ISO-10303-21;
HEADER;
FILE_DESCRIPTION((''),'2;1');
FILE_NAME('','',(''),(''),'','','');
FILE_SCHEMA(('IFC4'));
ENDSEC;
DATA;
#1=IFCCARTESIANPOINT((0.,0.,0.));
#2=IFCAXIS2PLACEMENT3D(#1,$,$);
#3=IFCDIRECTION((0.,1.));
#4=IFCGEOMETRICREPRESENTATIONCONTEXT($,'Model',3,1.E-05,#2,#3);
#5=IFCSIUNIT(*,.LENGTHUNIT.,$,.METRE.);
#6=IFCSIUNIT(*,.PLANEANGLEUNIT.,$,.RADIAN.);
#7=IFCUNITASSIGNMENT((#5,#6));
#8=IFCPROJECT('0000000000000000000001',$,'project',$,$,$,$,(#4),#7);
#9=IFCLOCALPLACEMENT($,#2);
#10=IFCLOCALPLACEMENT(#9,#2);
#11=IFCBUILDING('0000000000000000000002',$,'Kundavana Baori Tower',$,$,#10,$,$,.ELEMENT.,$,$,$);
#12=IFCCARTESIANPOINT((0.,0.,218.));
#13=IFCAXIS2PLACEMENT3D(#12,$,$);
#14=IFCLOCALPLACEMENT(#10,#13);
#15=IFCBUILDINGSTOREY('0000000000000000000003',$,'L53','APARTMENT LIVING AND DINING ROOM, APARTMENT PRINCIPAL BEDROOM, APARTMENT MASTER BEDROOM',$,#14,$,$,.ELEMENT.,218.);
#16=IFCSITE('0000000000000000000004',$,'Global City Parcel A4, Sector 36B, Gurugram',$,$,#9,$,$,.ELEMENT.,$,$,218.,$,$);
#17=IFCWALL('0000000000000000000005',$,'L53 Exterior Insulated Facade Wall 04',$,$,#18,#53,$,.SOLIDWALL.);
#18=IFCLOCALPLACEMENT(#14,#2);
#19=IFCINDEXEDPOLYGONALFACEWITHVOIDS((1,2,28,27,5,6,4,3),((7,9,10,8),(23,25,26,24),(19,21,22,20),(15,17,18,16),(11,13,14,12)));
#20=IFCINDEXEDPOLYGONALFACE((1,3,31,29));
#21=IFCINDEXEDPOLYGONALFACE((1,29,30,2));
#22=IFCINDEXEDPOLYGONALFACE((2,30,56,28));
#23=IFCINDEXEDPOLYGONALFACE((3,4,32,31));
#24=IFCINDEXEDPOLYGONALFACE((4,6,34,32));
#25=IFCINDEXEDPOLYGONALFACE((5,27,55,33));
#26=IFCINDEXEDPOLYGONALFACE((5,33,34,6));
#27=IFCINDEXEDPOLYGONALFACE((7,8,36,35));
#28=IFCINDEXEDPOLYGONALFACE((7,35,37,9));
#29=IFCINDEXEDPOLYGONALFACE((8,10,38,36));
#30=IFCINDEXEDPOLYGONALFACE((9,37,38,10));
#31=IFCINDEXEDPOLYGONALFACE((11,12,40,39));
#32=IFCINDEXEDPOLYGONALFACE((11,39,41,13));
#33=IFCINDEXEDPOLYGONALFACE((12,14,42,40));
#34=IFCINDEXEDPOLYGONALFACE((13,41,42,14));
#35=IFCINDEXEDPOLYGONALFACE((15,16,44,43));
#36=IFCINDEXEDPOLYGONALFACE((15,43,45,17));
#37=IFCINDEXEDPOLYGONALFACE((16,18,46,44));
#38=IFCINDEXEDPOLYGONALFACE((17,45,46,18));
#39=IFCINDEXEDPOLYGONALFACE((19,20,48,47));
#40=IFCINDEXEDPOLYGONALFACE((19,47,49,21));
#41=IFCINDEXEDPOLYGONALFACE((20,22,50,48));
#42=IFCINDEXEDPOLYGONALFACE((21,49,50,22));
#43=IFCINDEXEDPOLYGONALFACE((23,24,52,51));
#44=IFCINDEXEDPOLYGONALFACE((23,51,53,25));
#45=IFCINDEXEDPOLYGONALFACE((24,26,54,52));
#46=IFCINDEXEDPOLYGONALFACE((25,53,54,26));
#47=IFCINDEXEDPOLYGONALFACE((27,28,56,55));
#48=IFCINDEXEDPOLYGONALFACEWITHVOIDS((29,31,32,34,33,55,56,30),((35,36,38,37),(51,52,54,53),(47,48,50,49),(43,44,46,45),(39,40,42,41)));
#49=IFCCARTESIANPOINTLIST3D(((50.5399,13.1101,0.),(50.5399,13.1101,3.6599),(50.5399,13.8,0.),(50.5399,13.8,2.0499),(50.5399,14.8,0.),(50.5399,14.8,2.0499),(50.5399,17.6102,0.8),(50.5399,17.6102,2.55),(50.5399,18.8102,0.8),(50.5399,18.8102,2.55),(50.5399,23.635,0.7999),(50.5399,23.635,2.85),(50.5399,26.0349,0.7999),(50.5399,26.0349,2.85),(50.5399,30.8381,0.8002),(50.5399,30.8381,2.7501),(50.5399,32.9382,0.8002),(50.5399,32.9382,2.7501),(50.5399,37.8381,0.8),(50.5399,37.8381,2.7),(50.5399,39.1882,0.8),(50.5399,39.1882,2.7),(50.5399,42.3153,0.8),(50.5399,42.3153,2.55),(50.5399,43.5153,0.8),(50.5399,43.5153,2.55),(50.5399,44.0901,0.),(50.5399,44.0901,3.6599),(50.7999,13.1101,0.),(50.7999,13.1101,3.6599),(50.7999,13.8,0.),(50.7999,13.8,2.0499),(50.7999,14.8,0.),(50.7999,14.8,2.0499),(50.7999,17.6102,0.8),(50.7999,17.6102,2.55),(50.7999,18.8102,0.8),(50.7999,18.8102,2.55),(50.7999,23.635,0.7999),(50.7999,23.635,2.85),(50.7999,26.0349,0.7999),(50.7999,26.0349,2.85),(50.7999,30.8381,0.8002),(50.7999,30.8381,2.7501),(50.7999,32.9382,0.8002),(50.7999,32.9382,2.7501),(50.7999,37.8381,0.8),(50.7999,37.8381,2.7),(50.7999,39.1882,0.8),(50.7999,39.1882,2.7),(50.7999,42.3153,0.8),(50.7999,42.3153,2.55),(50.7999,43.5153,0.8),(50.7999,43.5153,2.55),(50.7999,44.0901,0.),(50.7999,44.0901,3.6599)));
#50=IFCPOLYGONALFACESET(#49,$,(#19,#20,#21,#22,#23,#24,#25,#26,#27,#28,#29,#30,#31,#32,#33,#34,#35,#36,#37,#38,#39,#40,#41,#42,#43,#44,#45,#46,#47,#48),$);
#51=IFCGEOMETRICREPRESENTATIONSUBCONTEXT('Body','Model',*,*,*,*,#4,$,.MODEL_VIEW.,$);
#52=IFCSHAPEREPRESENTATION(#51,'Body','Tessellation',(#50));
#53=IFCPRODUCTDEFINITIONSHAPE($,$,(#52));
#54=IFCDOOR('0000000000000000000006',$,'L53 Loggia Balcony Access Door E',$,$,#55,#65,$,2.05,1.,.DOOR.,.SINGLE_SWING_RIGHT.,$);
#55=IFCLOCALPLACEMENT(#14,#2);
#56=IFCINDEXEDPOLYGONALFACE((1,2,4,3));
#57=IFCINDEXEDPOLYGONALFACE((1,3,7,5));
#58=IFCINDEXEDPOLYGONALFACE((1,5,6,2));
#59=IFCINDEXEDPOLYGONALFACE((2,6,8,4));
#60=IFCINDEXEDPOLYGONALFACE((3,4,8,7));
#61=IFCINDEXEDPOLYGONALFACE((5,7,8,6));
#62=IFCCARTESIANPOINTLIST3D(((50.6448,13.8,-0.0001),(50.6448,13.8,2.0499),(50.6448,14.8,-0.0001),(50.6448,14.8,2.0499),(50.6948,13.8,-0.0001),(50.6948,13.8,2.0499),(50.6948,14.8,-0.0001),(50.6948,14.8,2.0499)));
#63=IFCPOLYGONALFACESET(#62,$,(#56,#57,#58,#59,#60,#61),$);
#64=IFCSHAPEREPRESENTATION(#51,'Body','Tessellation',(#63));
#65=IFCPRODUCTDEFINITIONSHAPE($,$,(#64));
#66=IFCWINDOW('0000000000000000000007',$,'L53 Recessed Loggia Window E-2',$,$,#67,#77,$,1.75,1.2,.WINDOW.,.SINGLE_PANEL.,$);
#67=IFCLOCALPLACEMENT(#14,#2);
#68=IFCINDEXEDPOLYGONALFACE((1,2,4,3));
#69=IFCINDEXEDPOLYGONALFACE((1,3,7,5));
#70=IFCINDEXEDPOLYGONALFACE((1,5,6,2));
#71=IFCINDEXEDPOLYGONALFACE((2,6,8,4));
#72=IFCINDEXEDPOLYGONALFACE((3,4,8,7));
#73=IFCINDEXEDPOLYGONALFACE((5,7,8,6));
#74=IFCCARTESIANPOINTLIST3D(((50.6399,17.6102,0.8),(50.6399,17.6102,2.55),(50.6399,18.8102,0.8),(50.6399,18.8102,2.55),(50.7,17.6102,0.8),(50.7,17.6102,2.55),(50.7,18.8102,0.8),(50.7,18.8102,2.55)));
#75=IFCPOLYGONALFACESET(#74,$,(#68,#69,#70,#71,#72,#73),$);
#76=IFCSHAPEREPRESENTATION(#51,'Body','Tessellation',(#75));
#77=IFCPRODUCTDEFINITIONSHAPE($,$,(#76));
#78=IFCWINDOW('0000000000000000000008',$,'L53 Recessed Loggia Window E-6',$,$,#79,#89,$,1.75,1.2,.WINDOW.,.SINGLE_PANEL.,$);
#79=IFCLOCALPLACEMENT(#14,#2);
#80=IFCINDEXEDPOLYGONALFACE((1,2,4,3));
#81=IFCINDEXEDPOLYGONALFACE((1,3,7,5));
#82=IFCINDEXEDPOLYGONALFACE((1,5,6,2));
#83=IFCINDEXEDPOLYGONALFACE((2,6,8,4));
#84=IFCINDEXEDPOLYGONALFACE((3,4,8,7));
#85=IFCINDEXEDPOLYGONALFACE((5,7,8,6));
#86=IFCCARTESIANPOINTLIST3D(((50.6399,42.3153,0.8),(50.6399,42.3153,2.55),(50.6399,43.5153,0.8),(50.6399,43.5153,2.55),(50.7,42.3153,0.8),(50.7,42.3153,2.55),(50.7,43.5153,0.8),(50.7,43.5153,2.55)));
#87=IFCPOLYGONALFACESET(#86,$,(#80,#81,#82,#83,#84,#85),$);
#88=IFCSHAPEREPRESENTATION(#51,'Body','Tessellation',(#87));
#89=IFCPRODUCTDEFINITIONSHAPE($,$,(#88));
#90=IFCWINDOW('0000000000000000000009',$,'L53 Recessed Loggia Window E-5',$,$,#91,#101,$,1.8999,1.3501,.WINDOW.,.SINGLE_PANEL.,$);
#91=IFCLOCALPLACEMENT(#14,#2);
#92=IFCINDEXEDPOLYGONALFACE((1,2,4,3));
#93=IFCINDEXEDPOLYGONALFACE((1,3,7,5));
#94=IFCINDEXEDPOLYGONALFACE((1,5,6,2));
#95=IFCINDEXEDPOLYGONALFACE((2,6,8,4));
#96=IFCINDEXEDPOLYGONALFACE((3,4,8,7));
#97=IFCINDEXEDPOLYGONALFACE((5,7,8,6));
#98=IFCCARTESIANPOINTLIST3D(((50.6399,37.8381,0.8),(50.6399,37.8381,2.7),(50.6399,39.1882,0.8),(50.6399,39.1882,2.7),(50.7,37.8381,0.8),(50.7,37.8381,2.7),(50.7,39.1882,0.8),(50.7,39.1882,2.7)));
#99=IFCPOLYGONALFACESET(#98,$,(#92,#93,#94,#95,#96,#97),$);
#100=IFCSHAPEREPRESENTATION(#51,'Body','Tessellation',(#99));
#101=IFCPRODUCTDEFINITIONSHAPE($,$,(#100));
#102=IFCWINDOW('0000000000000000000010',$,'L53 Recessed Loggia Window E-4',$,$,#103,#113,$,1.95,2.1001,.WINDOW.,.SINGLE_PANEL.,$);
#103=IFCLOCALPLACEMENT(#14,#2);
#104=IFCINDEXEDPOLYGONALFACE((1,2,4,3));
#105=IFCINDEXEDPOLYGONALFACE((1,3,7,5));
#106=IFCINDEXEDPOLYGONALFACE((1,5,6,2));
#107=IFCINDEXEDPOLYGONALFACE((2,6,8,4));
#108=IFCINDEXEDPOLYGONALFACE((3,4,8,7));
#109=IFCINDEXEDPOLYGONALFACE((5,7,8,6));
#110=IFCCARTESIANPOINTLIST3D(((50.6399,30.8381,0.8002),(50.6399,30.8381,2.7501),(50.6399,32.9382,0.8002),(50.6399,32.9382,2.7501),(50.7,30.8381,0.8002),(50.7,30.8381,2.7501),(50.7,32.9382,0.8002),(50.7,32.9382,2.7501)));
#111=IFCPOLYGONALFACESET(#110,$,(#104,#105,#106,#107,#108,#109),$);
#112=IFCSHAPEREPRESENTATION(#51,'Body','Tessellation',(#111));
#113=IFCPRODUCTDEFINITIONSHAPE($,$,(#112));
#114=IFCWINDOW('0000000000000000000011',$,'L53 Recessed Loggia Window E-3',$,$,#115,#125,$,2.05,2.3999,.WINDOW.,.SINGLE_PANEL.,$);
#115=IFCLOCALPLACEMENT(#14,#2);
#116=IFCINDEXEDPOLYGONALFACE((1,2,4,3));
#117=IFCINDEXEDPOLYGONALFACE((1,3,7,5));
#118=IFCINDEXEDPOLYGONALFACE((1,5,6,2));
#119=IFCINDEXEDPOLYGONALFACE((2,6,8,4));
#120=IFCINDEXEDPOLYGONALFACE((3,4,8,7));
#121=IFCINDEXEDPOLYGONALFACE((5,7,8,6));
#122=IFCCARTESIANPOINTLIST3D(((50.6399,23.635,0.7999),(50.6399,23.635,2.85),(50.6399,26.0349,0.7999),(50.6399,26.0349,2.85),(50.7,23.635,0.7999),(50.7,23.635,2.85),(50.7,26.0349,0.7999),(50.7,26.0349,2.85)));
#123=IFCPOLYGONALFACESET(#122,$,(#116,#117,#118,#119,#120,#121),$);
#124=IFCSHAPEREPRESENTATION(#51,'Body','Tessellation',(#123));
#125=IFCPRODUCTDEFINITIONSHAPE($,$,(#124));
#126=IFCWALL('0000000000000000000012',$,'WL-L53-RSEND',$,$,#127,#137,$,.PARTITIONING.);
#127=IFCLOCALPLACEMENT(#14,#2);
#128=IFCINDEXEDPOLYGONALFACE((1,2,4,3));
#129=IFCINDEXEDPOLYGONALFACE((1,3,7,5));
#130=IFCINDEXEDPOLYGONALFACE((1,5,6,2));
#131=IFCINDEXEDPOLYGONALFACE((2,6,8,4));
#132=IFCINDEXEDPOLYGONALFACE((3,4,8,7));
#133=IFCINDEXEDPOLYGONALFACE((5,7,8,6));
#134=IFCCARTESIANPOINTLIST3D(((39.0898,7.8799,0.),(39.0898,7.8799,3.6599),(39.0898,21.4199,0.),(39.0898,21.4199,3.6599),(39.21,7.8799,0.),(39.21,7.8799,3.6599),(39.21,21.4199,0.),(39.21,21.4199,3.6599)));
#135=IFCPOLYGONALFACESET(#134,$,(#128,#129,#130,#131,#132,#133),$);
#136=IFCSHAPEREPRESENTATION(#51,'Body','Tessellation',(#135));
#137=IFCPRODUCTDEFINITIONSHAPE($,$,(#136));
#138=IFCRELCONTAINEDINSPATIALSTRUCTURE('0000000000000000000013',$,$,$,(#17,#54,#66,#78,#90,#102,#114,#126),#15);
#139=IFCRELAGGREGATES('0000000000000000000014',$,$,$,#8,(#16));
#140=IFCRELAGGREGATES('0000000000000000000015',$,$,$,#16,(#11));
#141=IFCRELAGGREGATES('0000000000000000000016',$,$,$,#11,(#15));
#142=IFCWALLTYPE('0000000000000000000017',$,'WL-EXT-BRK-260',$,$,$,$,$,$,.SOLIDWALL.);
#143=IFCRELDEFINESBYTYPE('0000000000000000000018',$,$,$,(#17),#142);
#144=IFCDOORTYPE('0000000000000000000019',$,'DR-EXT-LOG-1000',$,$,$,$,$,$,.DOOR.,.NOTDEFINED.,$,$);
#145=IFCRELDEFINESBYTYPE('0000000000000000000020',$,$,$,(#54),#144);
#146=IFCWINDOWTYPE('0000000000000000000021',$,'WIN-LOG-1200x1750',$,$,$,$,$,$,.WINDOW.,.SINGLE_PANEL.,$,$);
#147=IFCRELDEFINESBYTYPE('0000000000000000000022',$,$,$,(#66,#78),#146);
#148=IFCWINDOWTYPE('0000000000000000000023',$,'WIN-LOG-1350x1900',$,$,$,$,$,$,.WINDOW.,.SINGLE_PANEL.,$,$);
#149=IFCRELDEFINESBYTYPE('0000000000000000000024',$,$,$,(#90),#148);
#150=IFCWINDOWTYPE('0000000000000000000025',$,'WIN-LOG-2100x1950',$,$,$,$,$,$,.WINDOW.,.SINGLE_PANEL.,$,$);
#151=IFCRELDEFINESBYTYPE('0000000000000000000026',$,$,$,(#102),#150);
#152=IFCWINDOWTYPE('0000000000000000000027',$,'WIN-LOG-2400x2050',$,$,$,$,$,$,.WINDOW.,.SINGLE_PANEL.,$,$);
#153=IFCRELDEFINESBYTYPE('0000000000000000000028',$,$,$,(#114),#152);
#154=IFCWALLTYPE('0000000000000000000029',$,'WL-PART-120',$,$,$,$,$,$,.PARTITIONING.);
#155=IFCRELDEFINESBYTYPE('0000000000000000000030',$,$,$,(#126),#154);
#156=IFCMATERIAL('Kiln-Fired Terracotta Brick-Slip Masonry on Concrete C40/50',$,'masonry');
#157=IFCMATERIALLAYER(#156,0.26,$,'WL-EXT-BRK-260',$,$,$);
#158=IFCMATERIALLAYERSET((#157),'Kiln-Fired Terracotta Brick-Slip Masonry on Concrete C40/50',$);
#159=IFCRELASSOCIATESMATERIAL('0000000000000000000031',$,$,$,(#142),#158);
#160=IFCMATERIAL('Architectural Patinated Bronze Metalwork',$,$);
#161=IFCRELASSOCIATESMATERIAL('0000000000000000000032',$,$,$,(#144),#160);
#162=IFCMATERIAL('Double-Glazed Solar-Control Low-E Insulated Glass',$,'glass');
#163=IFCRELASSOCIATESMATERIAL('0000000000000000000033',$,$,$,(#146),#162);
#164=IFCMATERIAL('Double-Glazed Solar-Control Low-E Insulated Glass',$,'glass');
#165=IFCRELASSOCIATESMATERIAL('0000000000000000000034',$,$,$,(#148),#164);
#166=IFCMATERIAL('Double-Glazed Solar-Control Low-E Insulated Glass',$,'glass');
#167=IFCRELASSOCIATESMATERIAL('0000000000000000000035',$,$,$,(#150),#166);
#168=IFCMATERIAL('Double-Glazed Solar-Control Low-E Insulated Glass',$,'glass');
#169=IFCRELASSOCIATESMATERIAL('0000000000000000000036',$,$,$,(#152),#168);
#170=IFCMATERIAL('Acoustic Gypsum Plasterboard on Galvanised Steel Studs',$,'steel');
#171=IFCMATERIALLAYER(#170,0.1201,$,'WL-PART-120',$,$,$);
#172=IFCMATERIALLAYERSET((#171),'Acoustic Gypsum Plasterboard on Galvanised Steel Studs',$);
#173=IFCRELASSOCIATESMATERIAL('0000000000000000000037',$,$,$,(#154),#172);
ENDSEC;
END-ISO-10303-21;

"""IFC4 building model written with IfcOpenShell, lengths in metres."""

from ifc_helpers import new_model, si_unit, direction, frame, frame_2d, origin, place, context, subcontext, project, spatial, rectangle, extrude, material, layer, layer_set, type_object, element, fill, save


model = new_model("IFC4")

# Units and contexts
model_context = context("Model", 3, precision=1e-05, world=origin(), true_north=direction((0.0, 1.0)))
body_context = subcontext(model_context, "Body", "Model", "MODEL_VIEW")
ifc_project = project(units=[si_unit("LENGTHUNIT", "METRE"), si_unit("PLANEANGLEUNIT", "RADIAN")], contexts=[model_context])

# Site, building, storey
site_placement = place(None, origin())
site = spatial("IfcSite", under=ifc_project, at=site_placement, Name="Global City Parcel A4, Sector 36B, Gurugram", CompositionType="ELEMENT", RefElevation=218.0)
building_placement = place(site_placement, origin())
building = spatial("IfcBuilding", under=site, at=building_placement, Name="Kundavana Baori Tower", CompositionType="ELEMENT")
storey_placement = place(building_placement, frame((0.0, 0.0, 218.0)))
storey = spatial("IfcBuildingStorey", under=building, at=storey_placement, Name="L53", Description="APARTMENT LIVING AND DINING ROOM, APARTMENT PRINCIPAL BEDROOM, APARTMENT MASTER BEDROOM", CompositionType="ELEMENT", Elevation=218.0)

# Shared definitions
ifc_material_1 = material(Name="Kiln-Fired Terracotta Brick-Slip Masonry on Concrete C40/50", Category="masonry")
ifc_layer_1 = layer(ifc_material_1, 0.26, Name="WL-EXT-BRK-260")
ifc_layer_set_1 = layer_set([ifc_layer_1], Name="Kiln-Fired Terracotta Brick-Slip Masonry on Concrete C40/50")
wall_type_1 = type_object("IfcWallType", Name="WL-EXT-BRK-260", PredefinedType="SOLIDWALL", material=ifc_layer_set_1)

# Wall, openings, door, windows
wall_1_placement = place(storey_placement, frame((50.6699, 13.1101, 0.0), z_axis=(0.0, 0.0, 1.0), x_axis=(0.0, 1.0, 0.0)))
wall_1 = element("IfcWall", 1, at=wall_1_placement, inside=storey, type_object=wall_type_1, Name="L53 Exterior Insulated Facade Wall 04", PredefinedType="SOLIDWALL", context=body_context, shape_type="SweptSolid", body=[
    extrude(rectangle(XDim=30.98, YDim=0.26, at=frame_2d((15.49, 0.0))), origin(), (0.0, 0.0, 1.0), 3.6599),
])
opening_1_placement = place(wall_1_placement, frame((0.6899, 0.0, 0.0)))
opening_1 = element("IfcOpeningElement", 2, at=opening_1_placement, cuts=wall_1, PredefinedType="OPENING", context=body_context, shape_type="SweptSolid", body=[
    extrude(rectangle(XDim=1.0, YDim=2.05, at=frame_2d((0.5, 1.0249))), frame((0.0, 0.1401, 0.0), z_axis=(0.0, -1.0, 0.0), x_axis=(1.0, 0.0, 0.0)), (0.0, 0.0, 1.0), 0.28),
])
opening_2_placement = place(wall_1_placement, frame((4.5, 0.0, 0.8)))
opening_2 = element("IfcOpeningElement", 3, at=opening_2_placement, cuts=wall_1, PredefinedType="OPENING", context=body_context, shape_type="SweptSolid", body=[
    extrude(rectangle(XDim=1.2, YDim=1.75, at=frame_2d((0.6001, 0.875))), frame((0.0, 0.1401, 0.0), z_axis=(0.0, -1.0, 0.0), x_axis=(1.0, 0.0, 0.0)), (0.0, 0.0, 1.0), 0.28),
])
opening_3_placement = place(wall_1_placement, frame((10.5249, 0.0, 0.8)))
opening_3 = element("IfcOpeningElement", 4, at=opening_3_placement, cuts=wall_1, PredefinedType="OPENING", context=body_context, shape_type="SweptSolid", body=[
    extrude(rectangle(XDim=2.3999, YDim=2.05, at=frame_2d((1.2, 1.0249))), frame((0.0, 0.1401, 0.0), z_axis=(0.0, -1.0, 0.0), x_axis=(1.0, 0.0, 0.0)), (0.0, 0.0, 1.0), 0.28),
])
opening_4_placement = place(wall_1_placement, frame((17.728, 0.0, 0.8)))
opening_4 = element("IfcOpeningElement", 5, at=opening_4_placement, cuts=wall_1, PredefinedType="OPENING", context=body_context, shape_type="SweptSolid", body=[
    extrude(rectangle(XDim=2.1001, YDim=1.95, at=frame_2d((1.05, 0.9751))), frame((0.0, 0.1401, 0.0), z_axis=(0.0, -1.0, 0.0), x_axis=(1.0, 0.0, 0.0)), (0.0, 0.0, 1.0), 0.28),
])
opening_5_placement = place(wall_1_placement, frame((24.728, 0.0, 0.8)))
opening_5 = element("IfcOpeningElement", 6, at=opening_5_placement, cuts=wall_1, PredefinedType="OPENING", context=body_context, shape_type="SweptSolid", body=[
    extrude(rectangle(XDim=1.3501, YDim=1.8999, at=frame_2d((0.675, 0.95))), frame((0.0, 0.1401, 0.0), z_axis=(0.0, -1.0, 0.0), x_axis=(1.0, 0.0, 0.0)), (0.0, 0.0, 1.0), 0.28),
])
opening_6_placement = place(wall_1_placement, frame((29.2051, 0.0, 0.8)))
opening_6 = element("IfcOpeningElement", 7, at=opening_6_placement, cuts=wall_1, PredefinedType="OPENING", context=body_context, shape_type="SweptSolid", body=[
    extrude(rectangle(XDim=1.2, YDim=1.75, at=frame_2d((0.6001, 0.875))), frame((0.0, 0.1401, 0.0), z_axis=(0.0, -1.0, 0.0), x_axis=(1.0, 0.0, 0.0)), (0.0, 0.0, 1.0), 0.28),
])
ifc_material_2 = material(Name="Architectural Patinated Bronze Metalwork")
door_type_1 = type_object("IfcDoorType", Name="DR-EXT-LOG-1000", OperationType="NOTDEFINED", PredefinedType="DOOR", material=ifc_material_2)
door_1_placement = place(opening_1_placement, frame((1.0, 0.0, 0.0), z_axis=(0.0, 0.0, 1.0), x_axis=(-1.0, 0.0, 0.0)))
door_1 = element("IfcDoor", 8, at=door_1_placement, inside=storey, type_object=door_type_1, Name="L53 Loggia Balcony Access Door E", OperationType="SINGLE_SWING_RIGHT", OverallHeight=2.05, OverallWidth=1.0, PredefinedType="DOOR", context=body_context, shape_type="SweptSolid", body=[
    extrude(rectangle(XDim=1.0, YDim=2.05, at=frame_2d((0.5, 1.0249))), frame((0.0, 0.0249, 0.0), z_axis=(0.0, -1.0, 0.0), x_axis=(1.0, 0.0, 0.0)), (0.0, 0.0, 1.0), 0.05),
])
fill(opening_1, door_1)
ifc_material_3 = material(Name="Double-Glazed Solar-Control Low-E Insulated Glass", Category="glass")
window_type_1 = type_object("IfcWindowType", Name="WIN-LOG-1200x1750", PartitioningType="SINGLE_PANEL", PredefinedType="WINDOW", material=ifc_material_3)
window_1_placement = place(opening_2_placement, origin())
window_1 = element("IfcWindow", 9, at=window_1_placement, inside=storey, type_object=window_type_1, Name="L53 Recessed Loggia Window E-2", OverallHeight=1.75, OverallWidth=1.2, PartitioningType="SINGLE_PANEL", PredefinedType="WINDOW", context=body_context, shape_type="SweptSolid", body=[
    extrude(rectangle(XDim=1.2, YDim=1.75, at=frame_2d((0.6001, 0.875))), frame((0.0, 0.03, 0.0), z_axis=(0.0, -1.0, 0.0), x_axis=(1.0, 0.0, 0.0)), (0.0, 0.0, 1.0), 0.0601),
])
fill(opening_2, window_1)
window_2_placement = place(opening_6_placement, origin())
window_2 = element("IfcWindow", 10, at=window_2_placement, inside=storey, type_object=window_type_1, Name="L53 Recessed Loggia Window E-6", OverallHeight=1.75, OverallWidth=1.2, PartitioningType="SINGLE_PANEL", PredefinedType="WINDOW", context=body_context, shape_type="SweptSolid", body=[
    extrude(rectangle(XDim=1.2, YDim=1.75, at=frame_2d((0.6001, 0.875))), frame((0.0, 0.03, 0.0), z_axis=(0.0, -1.0, 0.0), x_axis=(1.0, 0.0, 0.0)), (0.0, 0.0, 1.0), 0.0601),
])
fill(opening_6, window_2)
ifc_material_4 = material(Name="Double-Glazed Solar-Control Low-E Insulated Glass", Category="glass")
window_type_2 = type_object("IfcWindowType", Name="WIN-LOG-1350x1900", PartitioningType="SINGLE_PANEL", PredefinedType="WINDOW", material=ifc_material_4)
window_3_placement = place(opening_5_placement, origin())
window_3 = element("IfcWindow", 11, at=window_3_placement, inside=storey, type_object=window_type_2, Name="L53 Recessed Loggia Window E-5", OverallHeight=1.8999, OverallWidth=1.3501, PartitioningType="SINGLE_PANEL", PredefinedType="WINDOW", context=body_context, shape_type="SweptSolid", body=[
    extrude(rectangle(XDim=1.3501, YDim=1.8999, at=frame_2d((0.675, 0.95))), frame((0.0, 0.03, 0.0), z_axis=(0.0, -1.0, 0.0), x_axis=(1.0, 0.0, 0.0)), (0.0, 0.0, 1.0), 0.0601),
])
fill(opening_5, window_3)
ifc_material_5 = material(Name="Double-Glazed Solar-Control Low-E Insulated Glass", Category="glass")
window_type_3 = type_object("IfcWindowType", Name="WIN-LOG-2100x1950", PartitioningType="SINGLE_PANEL", PredefinedType="WINDOW", material=ifc_material_5)
window_4_placement = place(opening_4_placement, origin())
window_4 = element("IfcWindow", 12, at=window_4_placement, inside=storey, type_object=window_type_3, Name="L53 Recessed Loggia Window E-4", OverallHeight=1.95, OverallWidth=2.1001, PartitioningType="SINGLE_PANEL", PredefinedType="WINDOW", context=body_context, shape_type="SweptSolid", body=[
    extrude(rectangle(XDim=2.1001, YDim=1.95, at=frame_2d((1.05, 0.9751))), frame((0.0, 0.03, 0.0), z_axis=(0.0, -1.0, 0.0), x_axis=(1.0, 0.0, 0.0)), (0.0, 0.0, 1.0), 0.0601),
])
fill(opening_4, window_4)
ifc_material_6 = material(Name="Double-Glazed Solar-Control Low-E Insulated Glass", Category="glass")
window_type_4 = type_object("IfcWindowType", Name="WIN-LOG-2400x2050", PartitioningType="SINGLE_PANEL", PredefinedType="WINDOW", material=ifc_material_6)
window_5_placement = place(opening_3_placement, origin())
window_5 = element("IfcWindow", 13, at=window_5_placement, inside=storey, type_object=window_type_4, Name="L53 Recessed Loggia Window E-3", OverallHeight=2.05, OverallWidth=2.3999, PartitioningType="SINGLE_PANEL", PredefinedType="WINDOW", context=body_context, shape_type="SweptSolid", body=[
    extrude(rectangle(XDim=2.3999, YDim=2.05, at=frame_2d((1.2, 1.0249))), frame((0.0, 0.03, 0.0), z_axis=(0.0, -1.0, 0.0), x_axis=(1.0, 0.0, 0.0)), (0.0, 0.0, 1.0), 0.0601),
])
fill(opening_3, window_5)

# Wall
ifc_material_7 = material(Name="Acoustic Gypsum Plasterboard on Galvanised Steel Studs", Category="steel")
ifc_layer_2 = layer(ifc_material_7, 0.1201, Name="WL-PART-120")
ifc_layer_set_2 = layer_set([ifc_layer_2], Name="Acoustic Gypsum Plasterboard on Galvanised Steel Studs")
wall_type_2 = type_object("IfcWallType", Name="WL-PART-120", PredefinedType="PARTITIONING", material=ifc_layer_set_2)
wall_2_placement = place(storey_placement, frame((39.1499, 7.8799, 0.0), z_axis=(0.0, 0.0, 1.0), x_axis=(0.0, 1.0, 0.0)))
element("IfcWall", 14, at=wall_2_placement, inside=storey, type_object=wall_type_2, Name="WL-L53-RSEND", PredefinedType="PARTITIONING", context=body_context, shape_type="SweptSolid", body=[
    extrude(rectangle(XDim=13.54, YDim=0.1201, at=frame_2d((6.77, 0.0))), origin(), (0.0, 0.0, 1.0), 3.6599),
])

save(model, "model.ifc")
